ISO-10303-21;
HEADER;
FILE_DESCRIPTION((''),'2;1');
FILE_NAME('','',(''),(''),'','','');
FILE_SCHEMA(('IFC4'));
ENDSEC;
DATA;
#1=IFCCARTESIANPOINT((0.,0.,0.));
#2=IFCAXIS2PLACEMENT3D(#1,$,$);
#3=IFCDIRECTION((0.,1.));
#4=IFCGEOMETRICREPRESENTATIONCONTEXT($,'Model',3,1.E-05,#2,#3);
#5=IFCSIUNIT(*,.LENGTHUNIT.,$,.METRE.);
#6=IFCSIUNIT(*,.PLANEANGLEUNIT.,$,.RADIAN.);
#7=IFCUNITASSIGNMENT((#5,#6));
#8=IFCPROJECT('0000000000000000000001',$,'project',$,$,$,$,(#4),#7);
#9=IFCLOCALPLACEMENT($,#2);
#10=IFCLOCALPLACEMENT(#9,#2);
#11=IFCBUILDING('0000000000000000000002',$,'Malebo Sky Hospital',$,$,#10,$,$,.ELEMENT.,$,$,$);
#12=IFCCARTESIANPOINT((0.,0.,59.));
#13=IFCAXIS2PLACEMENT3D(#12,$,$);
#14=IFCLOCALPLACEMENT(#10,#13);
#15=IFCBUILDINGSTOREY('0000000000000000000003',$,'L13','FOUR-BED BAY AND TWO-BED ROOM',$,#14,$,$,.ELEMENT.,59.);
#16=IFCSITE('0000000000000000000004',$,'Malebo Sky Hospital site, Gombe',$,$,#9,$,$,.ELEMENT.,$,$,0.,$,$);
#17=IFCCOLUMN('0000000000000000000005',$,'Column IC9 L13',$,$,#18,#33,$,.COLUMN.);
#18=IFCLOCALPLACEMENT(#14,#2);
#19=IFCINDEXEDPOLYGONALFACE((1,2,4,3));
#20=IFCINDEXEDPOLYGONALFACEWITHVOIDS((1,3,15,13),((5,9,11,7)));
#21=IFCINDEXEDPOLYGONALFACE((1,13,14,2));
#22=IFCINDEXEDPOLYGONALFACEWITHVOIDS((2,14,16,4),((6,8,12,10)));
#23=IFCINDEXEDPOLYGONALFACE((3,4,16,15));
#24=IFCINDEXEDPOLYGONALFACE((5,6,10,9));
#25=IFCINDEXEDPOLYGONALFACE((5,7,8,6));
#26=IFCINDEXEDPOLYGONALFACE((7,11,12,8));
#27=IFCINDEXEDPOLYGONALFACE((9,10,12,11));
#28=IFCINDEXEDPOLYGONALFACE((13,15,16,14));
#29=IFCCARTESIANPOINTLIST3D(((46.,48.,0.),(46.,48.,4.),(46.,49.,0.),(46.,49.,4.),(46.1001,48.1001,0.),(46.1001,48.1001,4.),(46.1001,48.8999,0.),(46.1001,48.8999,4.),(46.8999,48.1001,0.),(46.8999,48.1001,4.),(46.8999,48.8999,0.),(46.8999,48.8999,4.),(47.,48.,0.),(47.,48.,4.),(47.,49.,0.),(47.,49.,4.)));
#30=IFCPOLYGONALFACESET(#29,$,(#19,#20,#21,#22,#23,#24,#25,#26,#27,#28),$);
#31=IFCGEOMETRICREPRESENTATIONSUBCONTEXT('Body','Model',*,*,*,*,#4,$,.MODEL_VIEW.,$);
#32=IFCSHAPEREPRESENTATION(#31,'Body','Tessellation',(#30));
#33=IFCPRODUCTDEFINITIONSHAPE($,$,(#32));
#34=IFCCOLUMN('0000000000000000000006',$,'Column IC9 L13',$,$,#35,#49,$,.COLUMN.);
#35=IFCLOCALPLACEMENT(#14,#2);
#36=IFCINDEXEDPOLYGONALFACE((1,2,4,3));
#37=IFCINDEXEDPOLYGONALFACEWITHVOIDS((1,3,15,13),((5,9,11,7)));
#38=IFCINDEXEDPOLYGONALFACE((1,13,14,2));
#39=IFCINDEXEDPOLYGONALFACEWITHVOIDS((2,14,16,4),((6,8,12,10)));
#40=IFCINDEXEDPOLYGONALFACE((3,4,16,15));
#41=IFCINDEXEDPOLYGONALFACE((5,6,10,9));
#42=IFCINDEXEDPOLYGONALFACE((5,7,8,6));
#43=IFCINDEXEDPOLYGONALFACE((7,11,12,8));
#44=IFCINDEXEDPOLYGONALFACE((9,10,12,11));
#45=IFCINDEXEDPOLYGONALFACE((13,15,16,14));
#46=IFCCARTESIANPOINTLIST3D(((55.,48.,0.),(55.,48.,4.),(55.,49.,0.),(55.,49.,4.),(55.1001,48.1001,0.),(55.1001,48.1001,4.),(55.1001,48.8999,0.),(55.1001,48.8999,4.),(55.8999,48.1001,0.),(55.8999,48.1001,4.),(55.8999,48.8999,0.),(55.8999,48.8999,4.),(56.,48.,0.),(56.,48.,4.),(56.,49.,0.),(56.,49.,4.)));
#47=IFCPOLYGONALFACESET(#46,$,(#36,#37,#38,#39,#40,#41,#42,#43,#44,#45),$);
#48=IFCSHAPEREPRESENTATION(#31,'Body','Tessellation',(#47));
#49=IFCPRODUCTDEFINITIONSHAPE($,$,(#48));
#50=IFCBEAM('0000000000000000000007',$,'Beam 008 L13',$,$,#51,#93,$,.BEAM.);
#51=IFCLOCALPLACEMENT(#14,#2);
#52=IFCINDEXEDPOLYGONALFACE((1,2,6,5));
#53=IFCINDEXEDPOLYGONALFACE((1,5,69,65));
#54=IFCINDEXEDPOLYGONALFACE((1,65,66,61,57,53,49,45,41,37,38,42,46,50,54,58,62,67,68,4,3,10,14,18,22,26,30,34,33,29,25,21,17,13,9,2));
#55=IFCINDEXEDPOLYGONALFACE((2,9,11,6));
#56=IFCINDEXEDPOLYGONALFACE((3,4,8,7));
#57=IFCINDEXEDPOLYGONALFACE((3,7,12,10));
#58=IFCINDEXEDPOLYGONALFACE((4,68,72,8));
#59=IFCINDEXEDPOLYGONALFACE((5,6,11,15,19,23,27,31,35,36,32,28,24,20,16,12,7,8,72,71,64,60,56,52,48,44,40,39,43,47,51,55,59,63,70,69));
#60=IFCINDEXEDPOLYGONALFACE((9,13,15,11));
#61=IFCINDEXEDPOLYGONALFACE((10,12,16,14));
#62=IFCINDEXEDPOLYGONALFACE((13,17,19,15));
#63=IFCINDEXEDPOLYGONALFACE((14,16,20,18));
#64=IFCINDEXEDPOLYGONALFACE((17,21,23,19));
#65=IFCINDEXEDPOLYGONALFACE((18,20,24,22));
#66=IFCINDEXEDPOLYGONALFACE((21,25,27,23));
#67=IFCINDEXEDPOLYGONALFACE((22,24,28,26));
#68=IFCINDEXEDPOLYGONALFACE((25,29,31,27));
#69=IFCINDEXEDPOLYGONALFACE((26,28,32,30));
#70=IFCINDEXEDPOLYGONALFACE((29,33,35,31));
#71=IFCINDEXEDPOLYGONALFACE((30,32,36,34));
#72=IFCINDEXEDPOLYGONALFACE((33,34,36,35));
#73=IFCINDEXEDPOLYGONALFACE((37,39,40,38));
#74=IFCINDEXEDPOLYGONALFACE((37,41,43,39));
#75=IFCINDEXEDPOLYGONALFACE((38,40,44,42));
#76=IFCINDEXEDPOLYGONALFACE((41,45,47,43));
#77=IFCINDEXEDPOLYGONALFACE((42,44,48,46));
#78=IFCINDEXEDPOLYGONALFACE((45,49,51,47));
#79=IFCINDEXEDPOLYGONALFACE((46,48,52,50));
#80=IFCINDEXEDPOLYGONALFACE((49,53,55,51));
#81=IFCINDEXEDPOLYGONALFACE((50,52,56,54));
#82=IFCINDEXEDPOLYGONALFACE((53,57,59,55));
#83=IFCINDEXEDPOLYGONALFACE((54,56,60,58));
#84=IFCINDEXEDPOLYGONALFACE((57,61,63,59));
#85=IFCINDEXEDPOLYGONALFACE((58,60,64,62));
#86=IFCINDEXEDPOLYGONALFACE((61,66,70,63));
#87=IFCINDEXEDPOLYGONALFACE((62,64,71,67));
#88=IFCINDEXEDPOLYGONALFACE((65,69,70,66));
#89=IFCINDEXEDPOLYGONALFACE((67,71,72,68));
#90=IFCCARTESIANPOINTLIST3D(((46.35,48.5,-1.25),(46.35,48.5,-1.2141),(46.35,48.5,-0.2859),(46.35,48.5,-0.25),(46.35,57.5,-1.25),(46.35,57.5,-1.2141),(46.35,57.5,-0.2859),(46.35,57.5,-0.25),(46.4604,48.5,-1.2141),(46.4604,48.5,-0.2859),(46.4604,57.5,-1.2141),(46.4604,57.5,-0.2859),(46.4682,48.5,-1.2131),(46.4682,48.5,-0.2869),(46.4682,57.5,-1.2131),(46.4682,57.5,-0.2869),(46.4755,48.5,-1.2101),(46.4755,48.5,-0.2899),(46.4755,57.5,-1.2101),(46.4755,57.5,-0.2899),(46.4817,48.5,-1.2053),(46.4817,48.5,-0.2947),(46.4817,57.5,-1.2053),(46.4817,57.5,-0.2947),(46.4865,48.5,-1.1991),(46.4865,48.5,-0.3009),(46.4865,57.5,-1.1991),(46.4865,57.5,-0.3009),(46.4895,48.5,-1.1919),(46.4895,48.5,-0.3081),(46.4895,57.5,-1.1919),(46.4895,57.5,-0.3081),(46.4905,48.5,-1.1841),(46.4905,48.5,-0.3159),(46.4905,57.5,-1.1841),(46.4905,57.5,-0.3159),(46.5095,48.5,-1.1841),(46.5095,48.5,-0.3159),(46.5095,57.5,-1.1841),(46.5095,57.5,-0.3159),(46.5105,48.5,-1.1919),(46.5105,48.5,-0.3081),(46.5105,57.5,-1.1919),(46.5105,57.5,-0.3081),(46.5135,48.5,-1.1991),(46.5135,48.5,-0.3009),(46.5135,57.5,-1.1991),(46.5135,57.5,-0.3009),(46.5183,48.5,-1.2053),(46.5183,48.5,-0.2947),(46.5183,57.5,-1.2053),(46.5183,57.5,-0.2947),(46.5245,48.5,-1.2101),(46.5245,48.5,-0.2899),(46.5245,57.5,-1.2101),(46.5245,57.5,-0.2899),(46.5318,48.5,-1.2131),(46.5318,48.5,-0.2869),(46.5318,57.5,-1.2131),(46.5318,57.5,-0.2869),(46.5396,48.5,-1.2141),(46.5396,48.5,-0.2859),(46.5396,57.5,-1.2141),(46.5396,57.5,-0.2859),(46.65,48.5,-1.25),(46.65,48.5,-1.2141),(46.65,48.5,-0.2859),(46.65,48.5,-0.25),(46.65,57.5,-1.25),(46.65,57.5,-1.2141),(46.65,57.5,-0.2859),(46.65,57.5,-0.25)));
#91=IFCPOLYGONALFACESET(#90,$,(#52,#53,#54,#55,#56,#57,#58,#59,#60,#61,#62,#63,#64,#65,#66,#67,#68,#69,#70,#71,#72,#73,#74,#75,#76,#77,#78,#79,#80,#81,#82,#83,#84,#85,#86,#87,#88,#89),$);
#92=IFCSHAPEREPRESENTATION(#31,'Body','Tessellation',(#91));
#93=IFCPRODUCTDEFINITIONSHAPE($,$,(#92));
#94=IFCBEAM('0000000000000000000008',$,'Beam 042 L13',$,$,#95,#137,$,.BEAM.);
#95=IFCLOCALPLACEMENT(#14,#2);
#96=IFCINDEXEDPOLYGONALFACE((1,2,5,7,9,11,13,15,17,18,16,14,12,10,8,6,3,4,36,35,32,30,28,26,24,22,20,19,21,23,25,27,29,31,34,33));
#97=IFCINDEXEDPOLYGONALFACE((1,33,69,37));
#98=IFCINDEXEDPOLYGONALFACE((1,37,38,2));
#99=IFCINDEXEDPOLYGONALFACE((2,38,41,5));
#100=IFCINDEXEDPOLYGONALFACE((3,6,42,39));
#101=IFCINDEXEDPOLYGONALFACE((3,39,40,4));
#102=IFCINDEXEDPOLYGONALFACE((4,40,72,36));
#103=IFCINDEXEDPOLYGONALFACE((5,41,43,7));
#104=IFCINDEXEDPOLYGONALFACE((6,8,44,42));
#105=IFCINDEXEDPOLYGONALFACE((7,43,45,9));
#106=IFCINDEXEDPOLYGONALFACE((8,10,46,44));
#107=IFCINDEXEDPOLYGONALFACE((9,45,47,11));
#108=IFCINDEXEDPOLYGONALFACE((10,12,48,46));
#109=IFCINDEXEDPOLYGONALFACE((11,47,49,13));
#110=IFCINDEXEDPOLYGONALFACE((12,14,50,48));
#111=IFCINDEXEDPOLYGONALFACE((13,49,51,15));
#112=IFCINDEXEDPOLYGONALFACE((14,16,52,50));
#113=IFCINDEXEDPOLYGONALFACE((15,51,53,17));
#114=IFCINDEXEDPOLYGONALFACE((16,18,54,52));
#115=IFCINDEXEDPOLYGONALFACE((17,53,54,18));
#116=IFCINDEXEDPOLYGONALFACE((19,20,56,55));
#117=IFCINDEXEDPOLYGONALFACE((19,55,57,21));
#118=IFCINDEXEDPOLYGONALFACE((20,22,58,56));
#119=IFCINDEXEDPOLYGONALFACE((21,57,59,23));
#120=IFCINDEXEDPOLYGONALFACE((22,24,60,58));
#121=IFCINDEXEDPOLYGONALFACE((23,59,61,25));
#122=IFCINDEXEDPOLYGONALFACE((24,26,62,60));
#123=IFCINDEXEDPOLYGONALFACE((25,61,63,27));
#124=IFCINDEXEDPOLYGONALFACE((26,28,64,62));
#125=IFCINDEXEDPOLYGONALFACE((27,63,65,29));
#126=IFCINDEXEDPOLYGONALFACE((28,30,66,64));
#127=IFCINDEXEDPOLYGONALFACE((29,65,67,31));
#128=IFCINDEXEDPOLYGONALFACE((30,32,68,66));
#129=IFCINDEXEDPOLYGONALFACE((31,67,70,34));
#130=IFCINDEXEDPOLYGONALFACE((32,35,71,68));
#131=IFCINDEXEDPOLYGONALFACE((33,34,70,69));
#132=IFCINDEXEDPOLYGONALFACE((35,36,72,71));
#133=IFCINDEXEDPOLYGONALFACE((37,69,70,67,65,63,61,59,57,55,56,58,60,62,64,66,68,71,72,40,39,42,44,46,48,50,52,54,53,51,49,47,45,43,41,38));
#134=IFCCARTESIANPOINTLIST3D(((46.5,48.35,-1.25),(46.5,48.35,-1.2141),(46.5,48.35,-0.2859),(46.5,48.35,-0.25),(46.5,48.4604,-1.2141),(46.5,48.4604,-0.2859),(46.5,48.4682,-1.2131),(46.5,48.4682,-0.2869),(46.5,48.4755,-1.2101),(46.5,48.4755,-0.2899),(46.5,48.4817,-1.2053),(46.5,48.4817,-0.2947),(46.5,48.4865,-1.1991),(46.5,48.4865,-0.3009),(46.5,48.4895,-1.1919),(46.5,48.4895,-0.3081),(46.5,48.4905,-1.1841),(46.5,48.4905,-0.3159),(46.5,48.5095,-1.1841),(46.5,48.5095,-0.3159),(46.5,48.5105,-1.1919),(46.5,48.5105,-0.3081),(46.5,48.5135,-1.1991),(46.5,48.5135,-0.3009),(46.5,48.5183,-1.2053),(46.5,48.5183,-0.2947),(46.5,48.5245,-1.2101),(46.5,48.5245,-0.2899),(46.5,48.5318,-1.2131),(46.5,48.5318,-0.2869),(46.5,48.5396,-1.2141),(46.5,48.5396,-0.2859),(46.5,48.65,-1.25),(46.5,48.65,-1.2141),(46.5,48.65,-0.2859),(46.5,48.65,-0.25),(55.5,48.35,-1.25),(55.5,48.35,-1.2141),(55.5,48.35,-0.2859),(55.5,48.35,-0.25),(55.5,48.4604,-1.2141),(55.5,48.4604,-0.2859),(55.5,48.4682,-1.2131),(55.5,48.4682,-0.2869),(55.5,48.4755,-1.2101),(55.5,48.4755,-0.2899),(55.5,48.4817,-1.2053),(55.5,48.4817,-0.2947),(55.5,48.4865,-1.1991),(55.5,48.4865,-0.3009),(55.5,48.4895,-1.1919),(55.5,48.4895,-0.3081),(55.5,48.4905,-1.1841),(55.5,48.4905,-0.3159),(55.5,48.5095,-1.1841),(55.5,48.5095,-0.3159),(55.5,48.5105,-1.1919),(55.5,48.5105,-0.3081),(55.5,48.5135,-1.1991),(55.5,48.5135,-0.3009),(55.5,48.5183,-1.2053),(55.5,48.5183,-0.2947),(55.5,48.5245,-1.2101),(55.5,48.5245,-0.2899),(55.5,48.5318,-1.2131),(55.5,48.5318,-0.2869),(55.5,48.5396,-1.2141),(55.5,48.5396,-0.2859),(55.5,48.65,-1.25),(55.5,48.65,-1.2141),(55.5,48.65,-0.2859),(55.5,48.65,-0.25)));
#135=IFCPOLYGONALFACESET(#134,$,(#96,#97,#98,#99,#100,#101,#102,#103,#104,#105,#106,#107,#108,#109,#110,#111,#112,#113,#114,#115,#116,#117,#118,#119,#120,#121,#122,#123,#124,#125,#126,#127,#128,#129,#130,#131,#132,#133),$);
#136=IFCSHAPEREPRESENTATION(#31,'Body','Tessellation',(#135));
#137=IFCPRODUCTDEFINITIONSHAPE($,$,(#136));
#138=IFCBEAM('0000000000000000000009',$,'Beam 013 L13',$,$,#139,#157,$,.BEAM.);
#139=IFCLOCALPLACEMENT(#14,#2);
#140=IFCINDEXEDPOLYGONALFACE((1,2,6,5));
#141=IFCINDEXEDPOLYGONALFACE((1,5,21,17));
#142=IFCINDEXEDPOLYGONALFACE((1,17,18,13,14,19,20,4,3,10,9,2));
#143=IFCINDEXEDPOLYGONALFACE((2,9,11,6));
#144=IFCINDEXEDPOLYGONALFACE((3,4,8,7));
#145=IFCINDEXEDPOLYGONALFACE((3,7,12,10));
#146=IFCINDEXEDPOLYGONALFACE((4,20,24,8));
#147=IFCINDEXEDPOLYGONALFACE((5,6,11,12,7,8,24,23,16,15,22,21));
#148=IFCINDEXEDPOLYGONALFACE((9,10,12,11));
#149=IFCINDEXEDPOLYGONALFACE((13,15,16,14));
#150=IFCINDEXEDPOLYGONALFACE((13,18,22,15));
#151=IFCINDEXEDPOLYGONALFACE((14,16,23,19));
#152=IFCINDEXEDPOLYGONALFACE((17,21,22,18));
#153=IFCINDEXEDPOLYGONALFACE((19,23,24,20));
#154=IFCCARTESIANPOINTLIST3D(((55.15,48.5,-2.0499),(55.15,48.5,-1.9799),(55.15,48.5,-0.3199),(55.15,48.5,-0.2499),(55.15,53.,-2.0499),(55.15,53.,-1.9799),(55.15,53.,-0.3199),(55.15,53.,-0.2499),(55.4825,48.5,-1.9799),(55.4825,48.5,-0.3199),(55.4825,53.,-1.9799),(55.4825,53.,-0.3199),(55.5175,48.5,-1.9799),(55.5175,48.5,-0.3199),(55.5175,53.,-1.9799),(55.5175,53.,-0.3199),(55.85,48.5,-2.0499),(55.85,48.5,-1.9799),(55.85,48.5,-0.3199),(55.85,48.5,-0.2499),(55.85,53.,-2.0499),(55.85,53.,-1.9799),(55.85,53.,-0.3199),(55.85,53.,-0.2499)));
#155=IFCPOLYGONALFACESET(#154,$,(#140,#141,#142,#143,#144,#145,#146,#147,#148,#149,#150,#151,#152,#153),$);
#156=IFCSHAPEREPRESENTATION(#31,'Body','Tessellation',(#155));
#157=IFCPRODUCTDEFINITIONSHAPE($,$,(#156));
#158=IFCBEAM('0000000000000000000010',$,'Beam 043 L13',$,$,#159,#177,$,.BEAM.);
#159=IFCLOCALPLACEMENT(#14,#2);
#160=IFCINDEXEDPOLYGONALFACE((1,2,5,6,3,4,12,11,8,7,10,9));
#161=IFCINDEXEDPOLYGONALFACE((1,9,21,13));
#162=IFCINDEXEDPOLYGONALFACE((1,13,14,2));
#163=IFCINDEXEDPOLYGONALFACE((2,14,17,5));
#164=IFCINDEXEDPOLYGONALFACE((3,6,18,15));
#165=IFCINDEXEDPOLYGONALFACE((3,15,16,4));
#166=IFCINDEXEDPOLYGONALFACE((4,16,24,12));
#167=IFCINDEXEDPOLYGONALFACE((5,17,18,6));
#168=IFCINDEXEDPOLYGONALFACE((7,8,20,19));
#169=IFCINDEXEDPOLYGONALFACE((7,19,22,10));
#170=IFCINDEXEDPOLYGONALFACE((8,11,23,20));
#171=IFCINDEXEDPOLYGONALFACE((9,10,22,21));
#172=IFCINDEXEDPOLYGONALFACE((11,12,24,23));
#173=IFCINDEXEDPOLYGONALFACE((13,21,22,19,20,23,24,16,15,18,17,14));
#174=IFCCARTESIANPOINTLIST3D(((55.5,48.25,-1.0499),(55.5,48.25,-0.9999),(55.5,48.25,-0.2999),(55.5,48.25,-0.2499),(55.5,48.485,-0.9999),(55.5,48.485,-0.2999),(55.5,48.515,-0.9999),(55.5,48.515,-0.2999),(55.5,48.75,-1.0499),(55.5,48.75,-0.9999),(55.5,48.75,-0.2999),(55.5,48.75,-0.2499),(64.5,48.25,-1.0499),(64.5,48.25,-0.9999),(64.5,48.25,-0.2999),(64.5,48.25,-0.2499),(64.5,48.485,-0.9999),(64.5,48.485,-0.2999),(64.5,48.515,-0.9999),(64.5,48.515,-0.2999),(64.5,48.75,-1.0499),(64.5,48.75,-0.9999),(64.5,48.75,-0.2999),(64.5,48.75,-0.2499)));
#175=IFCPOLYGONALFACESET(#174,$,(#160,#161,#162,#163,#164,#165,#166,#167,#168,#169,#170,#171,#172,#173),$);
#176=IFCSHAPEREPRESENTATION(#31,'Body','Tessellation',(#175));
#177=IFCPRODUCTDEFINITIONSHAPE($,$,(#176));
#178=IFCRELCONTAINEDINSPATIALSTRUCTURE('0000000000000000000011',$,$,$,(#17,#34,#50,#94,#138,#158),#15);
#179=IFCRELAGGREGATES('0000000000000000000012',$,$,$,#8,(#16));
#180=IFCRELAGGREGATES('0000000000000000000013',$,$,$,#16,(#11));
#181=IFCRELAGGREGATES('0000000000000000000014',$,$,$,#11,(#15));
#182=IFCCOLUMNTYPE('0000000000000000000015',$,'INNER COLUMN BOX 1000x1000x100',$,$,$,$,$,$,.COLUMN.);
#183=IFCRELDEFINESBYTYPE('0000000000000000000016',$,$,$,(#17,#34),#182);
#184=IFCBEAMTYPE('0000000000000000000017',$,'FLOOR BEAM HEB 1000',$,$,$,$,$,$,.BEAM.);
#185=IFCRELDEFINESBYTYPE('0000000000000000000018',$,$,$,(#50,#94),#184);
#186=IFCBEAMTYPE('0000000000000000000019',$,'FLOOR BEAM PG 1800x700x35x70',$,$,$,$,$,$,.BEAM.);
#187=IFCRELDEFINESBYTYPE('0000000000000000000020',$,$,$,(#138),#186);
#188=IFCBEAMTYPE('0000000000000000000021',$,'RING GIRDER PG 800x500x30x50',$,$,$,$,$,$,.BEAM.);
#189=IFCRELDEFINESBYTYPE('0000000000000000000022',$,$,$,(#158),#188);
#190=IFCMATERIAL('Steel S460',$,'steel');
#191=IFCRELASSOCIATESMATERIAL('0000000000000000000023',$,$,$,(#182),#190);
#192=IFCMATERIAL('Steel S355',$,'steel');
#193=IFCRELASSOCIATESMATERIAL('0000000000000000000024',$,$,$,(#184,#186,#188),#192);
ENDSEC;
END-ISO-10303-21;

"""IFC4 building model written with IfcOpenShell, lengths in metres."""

from ifc_helpers import new_model, si_unit, direction, frame, origin, origin_2d, place, context, subcontext, project, spatial, hollow_rectangle, i_section, extrude, material, material_profile, profile_set, type_object, element, save


model = new_model("IFC4")

# Units and contexts
model_context = context("Model", 3, precision=1e-05, world=origin(), true_north=direction((0.0, 1.0)))
body_context = subcontext(model_context, "Body", "Model", "MODEL_VIEW")
ifc_project = project(units=[si_unit("LENGTHUNIT", "METRE"), si_unit("PLANEANGLEUNIT", "RADIAN")], contexts=[model_context])

# Site, building, storey
site_placement = place(None, origin())
site = spatial("IfcSite", under=ifc_project, at=site_placement, Name="Malebo Sky Hospital site, Gombe", CompositionType="ELEMENT", RefElevation=0.0)
building_placement = place(site_placement, origin())
building = spatial("IfcBuilding", under=site, at=building_placement, Name="Malebo Sky Hospital", CompositionType="ELEMENT")
storey_placement = place(building_placement, frame((0.0, 0.0, 59.0)))
storey = spatial("IfcBuildingStorey", under=building, at=storey_placement, Name="L13", Description="FOUR-BED BAY AND TWO-BED ROOM", CompositionType="ELEMENT", Elevation=59.0)

# Columns
ifc_material_1 = material(Name="Steel S460", Category="steel")
ifc_material_profile_1 = material_profile(ifc_material_1, hollow_rectangle(XDim=1.0, YDim=1.0, WallThickness=0.1001, at=origin_2d()), Name="BOX 1000x1000x100")
ifc_profile_set_1 = profile_set([ifc_material_profile_1], Name="Steel S460")
column_type = type_object("IfcColumnType", Name="INNER COLUMN BOX 1000x1000x100", PredefinedType="COLUMN", material=ifc_profile_set_1)
for number, where, z_axis, x_axis, name in (
    (1, (46.5, 48.5, 0.0), (0.0, 0.0, 1.0), (1.0, 0.0, 0.0), "Column IC9 L13"),
    (2, (55.5, 48.5, 0.0), (0.0, 0.0, 1.0), (1.0, 0.0, 0.0), "Column IC9 L13"),
):
    element("IfcColumn", number, at=place(storey_placement, frame(where, z_axis=z_axis, x_axis=x_axis)), inside=storey, type_object=column_type, Name=name, PredefinedType="COLUMN", context=body_context, shape_type="SweptSolid", body=[
        extrude(hollow_rectangle(XDim=1.0, YDim=1.0, WallThickness=0.1001, at=origin_2d()), origin(), (0.0, 0.0, 1.0), 4.0),
    ])

# Beams
ifc_material_2 = material(Name="Steel S355", Category="steel")
ifc_material_profile_2 = material_profile(ifc_material_2, i_section(OverallWidth=0.3, OverallDepth=1.0, WebThickness=0.019, FlangeThickness=0.0359, FilletRadius=0.03, at=origin_2d()), Name="HEB 1000")
ifc_profile_set_2 = profile_set([ifc_material_profile_2], Name="Steel S355")
beam_type_1 = type_object("IfcBeamType", Name="FLOOR BEAM HEB 1000", PredefinedType="BEAM", material=ifc_profile_set_2)
for number, where, z_axis, x_axis, name in (
    (3, (46.5, 48.5, -0.75), (0.0, 1.0, 0.0), (-1.0, 0.0, 0.0), "Beam 008 L13"),
    (4, (46.5, 48.5, -0.75), (1.0, 0.0, 0.0), (0.0, 1.0, 0.0), "Beam 042 L13"),
):
    element("IfcBeam", number, at=place(storey_placement, frame(where, z_axis=z_axis, x_axis=x_axis)), inside=storey, type_object=beam_type_1, Name=name, PredefinedType="BEAM", context=body_context, shape_type="SweptSolid", body=[
        extrude(i_section(OverallWidth=0.3, OverallDepth=1.0, WebThickness=0.019, FlangeThickness=0.0359, FilletRadius=0.03, at=origin_2d()), origin(), (0.0, 0.0, 1.0), 9.0),
    ])
ifc_material_profile_3 = material_profile(ifc_material_2, i_section(OverallWidth=0.7, OverallDepth=1.8, WebThickness=0.0349, FlangeThickness=0.0701, at=origin_2d()), Name="PG 1800x700x35x70")
ifc_profile_set_3 = profile_set([ifc_material_profile_3], Name="Steel S355")
beam_type_2 = type_object("IfcBeamType", Name="FLOOR BEAM PG 1800x700x35x70", PredefinedType="BEAM", material=ifc_profile_set_3)
beam_1_placement = place(storey_placement, frame((55.5, 48.5, -1.1499), z_axis=(0.0, 1.0, 0.0), x_axis=(-1.0, 0.0, 0.0)))
element("IfcBeam", 5, at=beam_1_placement, inside=storey, type_object=beam_type_2, Name="Beam 013 L13", PredefinedType="BEAM", context=body_context, shape_type="SweptSolid", body=[
    extrude(i_section(OverallWidth=0.7, OverallDepth=1.8, WebThickness=0.0349, FlangeThickness=0.0701, at=origin_2d()), origin(), (0.0, 0.0, 1.0), 4.5),
])
ifc_material_profile_4 = material_profile(ifc_material_2, i_section(OverallWidth=0.5, OverallDepth=0.8, WebThickness=0.03, FlangeThickness=0.05, at=origin_2d()), Name="PG 800x500x30x50")
ifc_profile_set_4 = profile_set([ifc_material_profile_4], Name="Steel S355")
beam_type_3 = type_object("IfcBeamType", Name="RING GIRDER PG 800x500x30x50", PredefinedType="BEAM", material=ifc_profile_set_4)
beam_2_placement = place(storey_placement, frame((55.5, 48.5, -0.6499), z_axis=(1.0, 0.0, 0.0), x_axis=(0.0, 1.0, 0.0)))
element("IfcBeam", 6, at=beam_2_placement, inside=storey, type_object=beam_type_3, Name="Beam 043 L13", PredefinedType="BEAM", context=body_context, shape_type="SweptSolid", body=[
    extrude(i_section(OverallWidth=0.5, OverallDepth=0.8, WebThickness=0.03, FlangeThickness=0.05, at=origin_2d()), origin(), (0.0, 0.0, 1.0), 9.0),
])

save(model, "model.ifc")
